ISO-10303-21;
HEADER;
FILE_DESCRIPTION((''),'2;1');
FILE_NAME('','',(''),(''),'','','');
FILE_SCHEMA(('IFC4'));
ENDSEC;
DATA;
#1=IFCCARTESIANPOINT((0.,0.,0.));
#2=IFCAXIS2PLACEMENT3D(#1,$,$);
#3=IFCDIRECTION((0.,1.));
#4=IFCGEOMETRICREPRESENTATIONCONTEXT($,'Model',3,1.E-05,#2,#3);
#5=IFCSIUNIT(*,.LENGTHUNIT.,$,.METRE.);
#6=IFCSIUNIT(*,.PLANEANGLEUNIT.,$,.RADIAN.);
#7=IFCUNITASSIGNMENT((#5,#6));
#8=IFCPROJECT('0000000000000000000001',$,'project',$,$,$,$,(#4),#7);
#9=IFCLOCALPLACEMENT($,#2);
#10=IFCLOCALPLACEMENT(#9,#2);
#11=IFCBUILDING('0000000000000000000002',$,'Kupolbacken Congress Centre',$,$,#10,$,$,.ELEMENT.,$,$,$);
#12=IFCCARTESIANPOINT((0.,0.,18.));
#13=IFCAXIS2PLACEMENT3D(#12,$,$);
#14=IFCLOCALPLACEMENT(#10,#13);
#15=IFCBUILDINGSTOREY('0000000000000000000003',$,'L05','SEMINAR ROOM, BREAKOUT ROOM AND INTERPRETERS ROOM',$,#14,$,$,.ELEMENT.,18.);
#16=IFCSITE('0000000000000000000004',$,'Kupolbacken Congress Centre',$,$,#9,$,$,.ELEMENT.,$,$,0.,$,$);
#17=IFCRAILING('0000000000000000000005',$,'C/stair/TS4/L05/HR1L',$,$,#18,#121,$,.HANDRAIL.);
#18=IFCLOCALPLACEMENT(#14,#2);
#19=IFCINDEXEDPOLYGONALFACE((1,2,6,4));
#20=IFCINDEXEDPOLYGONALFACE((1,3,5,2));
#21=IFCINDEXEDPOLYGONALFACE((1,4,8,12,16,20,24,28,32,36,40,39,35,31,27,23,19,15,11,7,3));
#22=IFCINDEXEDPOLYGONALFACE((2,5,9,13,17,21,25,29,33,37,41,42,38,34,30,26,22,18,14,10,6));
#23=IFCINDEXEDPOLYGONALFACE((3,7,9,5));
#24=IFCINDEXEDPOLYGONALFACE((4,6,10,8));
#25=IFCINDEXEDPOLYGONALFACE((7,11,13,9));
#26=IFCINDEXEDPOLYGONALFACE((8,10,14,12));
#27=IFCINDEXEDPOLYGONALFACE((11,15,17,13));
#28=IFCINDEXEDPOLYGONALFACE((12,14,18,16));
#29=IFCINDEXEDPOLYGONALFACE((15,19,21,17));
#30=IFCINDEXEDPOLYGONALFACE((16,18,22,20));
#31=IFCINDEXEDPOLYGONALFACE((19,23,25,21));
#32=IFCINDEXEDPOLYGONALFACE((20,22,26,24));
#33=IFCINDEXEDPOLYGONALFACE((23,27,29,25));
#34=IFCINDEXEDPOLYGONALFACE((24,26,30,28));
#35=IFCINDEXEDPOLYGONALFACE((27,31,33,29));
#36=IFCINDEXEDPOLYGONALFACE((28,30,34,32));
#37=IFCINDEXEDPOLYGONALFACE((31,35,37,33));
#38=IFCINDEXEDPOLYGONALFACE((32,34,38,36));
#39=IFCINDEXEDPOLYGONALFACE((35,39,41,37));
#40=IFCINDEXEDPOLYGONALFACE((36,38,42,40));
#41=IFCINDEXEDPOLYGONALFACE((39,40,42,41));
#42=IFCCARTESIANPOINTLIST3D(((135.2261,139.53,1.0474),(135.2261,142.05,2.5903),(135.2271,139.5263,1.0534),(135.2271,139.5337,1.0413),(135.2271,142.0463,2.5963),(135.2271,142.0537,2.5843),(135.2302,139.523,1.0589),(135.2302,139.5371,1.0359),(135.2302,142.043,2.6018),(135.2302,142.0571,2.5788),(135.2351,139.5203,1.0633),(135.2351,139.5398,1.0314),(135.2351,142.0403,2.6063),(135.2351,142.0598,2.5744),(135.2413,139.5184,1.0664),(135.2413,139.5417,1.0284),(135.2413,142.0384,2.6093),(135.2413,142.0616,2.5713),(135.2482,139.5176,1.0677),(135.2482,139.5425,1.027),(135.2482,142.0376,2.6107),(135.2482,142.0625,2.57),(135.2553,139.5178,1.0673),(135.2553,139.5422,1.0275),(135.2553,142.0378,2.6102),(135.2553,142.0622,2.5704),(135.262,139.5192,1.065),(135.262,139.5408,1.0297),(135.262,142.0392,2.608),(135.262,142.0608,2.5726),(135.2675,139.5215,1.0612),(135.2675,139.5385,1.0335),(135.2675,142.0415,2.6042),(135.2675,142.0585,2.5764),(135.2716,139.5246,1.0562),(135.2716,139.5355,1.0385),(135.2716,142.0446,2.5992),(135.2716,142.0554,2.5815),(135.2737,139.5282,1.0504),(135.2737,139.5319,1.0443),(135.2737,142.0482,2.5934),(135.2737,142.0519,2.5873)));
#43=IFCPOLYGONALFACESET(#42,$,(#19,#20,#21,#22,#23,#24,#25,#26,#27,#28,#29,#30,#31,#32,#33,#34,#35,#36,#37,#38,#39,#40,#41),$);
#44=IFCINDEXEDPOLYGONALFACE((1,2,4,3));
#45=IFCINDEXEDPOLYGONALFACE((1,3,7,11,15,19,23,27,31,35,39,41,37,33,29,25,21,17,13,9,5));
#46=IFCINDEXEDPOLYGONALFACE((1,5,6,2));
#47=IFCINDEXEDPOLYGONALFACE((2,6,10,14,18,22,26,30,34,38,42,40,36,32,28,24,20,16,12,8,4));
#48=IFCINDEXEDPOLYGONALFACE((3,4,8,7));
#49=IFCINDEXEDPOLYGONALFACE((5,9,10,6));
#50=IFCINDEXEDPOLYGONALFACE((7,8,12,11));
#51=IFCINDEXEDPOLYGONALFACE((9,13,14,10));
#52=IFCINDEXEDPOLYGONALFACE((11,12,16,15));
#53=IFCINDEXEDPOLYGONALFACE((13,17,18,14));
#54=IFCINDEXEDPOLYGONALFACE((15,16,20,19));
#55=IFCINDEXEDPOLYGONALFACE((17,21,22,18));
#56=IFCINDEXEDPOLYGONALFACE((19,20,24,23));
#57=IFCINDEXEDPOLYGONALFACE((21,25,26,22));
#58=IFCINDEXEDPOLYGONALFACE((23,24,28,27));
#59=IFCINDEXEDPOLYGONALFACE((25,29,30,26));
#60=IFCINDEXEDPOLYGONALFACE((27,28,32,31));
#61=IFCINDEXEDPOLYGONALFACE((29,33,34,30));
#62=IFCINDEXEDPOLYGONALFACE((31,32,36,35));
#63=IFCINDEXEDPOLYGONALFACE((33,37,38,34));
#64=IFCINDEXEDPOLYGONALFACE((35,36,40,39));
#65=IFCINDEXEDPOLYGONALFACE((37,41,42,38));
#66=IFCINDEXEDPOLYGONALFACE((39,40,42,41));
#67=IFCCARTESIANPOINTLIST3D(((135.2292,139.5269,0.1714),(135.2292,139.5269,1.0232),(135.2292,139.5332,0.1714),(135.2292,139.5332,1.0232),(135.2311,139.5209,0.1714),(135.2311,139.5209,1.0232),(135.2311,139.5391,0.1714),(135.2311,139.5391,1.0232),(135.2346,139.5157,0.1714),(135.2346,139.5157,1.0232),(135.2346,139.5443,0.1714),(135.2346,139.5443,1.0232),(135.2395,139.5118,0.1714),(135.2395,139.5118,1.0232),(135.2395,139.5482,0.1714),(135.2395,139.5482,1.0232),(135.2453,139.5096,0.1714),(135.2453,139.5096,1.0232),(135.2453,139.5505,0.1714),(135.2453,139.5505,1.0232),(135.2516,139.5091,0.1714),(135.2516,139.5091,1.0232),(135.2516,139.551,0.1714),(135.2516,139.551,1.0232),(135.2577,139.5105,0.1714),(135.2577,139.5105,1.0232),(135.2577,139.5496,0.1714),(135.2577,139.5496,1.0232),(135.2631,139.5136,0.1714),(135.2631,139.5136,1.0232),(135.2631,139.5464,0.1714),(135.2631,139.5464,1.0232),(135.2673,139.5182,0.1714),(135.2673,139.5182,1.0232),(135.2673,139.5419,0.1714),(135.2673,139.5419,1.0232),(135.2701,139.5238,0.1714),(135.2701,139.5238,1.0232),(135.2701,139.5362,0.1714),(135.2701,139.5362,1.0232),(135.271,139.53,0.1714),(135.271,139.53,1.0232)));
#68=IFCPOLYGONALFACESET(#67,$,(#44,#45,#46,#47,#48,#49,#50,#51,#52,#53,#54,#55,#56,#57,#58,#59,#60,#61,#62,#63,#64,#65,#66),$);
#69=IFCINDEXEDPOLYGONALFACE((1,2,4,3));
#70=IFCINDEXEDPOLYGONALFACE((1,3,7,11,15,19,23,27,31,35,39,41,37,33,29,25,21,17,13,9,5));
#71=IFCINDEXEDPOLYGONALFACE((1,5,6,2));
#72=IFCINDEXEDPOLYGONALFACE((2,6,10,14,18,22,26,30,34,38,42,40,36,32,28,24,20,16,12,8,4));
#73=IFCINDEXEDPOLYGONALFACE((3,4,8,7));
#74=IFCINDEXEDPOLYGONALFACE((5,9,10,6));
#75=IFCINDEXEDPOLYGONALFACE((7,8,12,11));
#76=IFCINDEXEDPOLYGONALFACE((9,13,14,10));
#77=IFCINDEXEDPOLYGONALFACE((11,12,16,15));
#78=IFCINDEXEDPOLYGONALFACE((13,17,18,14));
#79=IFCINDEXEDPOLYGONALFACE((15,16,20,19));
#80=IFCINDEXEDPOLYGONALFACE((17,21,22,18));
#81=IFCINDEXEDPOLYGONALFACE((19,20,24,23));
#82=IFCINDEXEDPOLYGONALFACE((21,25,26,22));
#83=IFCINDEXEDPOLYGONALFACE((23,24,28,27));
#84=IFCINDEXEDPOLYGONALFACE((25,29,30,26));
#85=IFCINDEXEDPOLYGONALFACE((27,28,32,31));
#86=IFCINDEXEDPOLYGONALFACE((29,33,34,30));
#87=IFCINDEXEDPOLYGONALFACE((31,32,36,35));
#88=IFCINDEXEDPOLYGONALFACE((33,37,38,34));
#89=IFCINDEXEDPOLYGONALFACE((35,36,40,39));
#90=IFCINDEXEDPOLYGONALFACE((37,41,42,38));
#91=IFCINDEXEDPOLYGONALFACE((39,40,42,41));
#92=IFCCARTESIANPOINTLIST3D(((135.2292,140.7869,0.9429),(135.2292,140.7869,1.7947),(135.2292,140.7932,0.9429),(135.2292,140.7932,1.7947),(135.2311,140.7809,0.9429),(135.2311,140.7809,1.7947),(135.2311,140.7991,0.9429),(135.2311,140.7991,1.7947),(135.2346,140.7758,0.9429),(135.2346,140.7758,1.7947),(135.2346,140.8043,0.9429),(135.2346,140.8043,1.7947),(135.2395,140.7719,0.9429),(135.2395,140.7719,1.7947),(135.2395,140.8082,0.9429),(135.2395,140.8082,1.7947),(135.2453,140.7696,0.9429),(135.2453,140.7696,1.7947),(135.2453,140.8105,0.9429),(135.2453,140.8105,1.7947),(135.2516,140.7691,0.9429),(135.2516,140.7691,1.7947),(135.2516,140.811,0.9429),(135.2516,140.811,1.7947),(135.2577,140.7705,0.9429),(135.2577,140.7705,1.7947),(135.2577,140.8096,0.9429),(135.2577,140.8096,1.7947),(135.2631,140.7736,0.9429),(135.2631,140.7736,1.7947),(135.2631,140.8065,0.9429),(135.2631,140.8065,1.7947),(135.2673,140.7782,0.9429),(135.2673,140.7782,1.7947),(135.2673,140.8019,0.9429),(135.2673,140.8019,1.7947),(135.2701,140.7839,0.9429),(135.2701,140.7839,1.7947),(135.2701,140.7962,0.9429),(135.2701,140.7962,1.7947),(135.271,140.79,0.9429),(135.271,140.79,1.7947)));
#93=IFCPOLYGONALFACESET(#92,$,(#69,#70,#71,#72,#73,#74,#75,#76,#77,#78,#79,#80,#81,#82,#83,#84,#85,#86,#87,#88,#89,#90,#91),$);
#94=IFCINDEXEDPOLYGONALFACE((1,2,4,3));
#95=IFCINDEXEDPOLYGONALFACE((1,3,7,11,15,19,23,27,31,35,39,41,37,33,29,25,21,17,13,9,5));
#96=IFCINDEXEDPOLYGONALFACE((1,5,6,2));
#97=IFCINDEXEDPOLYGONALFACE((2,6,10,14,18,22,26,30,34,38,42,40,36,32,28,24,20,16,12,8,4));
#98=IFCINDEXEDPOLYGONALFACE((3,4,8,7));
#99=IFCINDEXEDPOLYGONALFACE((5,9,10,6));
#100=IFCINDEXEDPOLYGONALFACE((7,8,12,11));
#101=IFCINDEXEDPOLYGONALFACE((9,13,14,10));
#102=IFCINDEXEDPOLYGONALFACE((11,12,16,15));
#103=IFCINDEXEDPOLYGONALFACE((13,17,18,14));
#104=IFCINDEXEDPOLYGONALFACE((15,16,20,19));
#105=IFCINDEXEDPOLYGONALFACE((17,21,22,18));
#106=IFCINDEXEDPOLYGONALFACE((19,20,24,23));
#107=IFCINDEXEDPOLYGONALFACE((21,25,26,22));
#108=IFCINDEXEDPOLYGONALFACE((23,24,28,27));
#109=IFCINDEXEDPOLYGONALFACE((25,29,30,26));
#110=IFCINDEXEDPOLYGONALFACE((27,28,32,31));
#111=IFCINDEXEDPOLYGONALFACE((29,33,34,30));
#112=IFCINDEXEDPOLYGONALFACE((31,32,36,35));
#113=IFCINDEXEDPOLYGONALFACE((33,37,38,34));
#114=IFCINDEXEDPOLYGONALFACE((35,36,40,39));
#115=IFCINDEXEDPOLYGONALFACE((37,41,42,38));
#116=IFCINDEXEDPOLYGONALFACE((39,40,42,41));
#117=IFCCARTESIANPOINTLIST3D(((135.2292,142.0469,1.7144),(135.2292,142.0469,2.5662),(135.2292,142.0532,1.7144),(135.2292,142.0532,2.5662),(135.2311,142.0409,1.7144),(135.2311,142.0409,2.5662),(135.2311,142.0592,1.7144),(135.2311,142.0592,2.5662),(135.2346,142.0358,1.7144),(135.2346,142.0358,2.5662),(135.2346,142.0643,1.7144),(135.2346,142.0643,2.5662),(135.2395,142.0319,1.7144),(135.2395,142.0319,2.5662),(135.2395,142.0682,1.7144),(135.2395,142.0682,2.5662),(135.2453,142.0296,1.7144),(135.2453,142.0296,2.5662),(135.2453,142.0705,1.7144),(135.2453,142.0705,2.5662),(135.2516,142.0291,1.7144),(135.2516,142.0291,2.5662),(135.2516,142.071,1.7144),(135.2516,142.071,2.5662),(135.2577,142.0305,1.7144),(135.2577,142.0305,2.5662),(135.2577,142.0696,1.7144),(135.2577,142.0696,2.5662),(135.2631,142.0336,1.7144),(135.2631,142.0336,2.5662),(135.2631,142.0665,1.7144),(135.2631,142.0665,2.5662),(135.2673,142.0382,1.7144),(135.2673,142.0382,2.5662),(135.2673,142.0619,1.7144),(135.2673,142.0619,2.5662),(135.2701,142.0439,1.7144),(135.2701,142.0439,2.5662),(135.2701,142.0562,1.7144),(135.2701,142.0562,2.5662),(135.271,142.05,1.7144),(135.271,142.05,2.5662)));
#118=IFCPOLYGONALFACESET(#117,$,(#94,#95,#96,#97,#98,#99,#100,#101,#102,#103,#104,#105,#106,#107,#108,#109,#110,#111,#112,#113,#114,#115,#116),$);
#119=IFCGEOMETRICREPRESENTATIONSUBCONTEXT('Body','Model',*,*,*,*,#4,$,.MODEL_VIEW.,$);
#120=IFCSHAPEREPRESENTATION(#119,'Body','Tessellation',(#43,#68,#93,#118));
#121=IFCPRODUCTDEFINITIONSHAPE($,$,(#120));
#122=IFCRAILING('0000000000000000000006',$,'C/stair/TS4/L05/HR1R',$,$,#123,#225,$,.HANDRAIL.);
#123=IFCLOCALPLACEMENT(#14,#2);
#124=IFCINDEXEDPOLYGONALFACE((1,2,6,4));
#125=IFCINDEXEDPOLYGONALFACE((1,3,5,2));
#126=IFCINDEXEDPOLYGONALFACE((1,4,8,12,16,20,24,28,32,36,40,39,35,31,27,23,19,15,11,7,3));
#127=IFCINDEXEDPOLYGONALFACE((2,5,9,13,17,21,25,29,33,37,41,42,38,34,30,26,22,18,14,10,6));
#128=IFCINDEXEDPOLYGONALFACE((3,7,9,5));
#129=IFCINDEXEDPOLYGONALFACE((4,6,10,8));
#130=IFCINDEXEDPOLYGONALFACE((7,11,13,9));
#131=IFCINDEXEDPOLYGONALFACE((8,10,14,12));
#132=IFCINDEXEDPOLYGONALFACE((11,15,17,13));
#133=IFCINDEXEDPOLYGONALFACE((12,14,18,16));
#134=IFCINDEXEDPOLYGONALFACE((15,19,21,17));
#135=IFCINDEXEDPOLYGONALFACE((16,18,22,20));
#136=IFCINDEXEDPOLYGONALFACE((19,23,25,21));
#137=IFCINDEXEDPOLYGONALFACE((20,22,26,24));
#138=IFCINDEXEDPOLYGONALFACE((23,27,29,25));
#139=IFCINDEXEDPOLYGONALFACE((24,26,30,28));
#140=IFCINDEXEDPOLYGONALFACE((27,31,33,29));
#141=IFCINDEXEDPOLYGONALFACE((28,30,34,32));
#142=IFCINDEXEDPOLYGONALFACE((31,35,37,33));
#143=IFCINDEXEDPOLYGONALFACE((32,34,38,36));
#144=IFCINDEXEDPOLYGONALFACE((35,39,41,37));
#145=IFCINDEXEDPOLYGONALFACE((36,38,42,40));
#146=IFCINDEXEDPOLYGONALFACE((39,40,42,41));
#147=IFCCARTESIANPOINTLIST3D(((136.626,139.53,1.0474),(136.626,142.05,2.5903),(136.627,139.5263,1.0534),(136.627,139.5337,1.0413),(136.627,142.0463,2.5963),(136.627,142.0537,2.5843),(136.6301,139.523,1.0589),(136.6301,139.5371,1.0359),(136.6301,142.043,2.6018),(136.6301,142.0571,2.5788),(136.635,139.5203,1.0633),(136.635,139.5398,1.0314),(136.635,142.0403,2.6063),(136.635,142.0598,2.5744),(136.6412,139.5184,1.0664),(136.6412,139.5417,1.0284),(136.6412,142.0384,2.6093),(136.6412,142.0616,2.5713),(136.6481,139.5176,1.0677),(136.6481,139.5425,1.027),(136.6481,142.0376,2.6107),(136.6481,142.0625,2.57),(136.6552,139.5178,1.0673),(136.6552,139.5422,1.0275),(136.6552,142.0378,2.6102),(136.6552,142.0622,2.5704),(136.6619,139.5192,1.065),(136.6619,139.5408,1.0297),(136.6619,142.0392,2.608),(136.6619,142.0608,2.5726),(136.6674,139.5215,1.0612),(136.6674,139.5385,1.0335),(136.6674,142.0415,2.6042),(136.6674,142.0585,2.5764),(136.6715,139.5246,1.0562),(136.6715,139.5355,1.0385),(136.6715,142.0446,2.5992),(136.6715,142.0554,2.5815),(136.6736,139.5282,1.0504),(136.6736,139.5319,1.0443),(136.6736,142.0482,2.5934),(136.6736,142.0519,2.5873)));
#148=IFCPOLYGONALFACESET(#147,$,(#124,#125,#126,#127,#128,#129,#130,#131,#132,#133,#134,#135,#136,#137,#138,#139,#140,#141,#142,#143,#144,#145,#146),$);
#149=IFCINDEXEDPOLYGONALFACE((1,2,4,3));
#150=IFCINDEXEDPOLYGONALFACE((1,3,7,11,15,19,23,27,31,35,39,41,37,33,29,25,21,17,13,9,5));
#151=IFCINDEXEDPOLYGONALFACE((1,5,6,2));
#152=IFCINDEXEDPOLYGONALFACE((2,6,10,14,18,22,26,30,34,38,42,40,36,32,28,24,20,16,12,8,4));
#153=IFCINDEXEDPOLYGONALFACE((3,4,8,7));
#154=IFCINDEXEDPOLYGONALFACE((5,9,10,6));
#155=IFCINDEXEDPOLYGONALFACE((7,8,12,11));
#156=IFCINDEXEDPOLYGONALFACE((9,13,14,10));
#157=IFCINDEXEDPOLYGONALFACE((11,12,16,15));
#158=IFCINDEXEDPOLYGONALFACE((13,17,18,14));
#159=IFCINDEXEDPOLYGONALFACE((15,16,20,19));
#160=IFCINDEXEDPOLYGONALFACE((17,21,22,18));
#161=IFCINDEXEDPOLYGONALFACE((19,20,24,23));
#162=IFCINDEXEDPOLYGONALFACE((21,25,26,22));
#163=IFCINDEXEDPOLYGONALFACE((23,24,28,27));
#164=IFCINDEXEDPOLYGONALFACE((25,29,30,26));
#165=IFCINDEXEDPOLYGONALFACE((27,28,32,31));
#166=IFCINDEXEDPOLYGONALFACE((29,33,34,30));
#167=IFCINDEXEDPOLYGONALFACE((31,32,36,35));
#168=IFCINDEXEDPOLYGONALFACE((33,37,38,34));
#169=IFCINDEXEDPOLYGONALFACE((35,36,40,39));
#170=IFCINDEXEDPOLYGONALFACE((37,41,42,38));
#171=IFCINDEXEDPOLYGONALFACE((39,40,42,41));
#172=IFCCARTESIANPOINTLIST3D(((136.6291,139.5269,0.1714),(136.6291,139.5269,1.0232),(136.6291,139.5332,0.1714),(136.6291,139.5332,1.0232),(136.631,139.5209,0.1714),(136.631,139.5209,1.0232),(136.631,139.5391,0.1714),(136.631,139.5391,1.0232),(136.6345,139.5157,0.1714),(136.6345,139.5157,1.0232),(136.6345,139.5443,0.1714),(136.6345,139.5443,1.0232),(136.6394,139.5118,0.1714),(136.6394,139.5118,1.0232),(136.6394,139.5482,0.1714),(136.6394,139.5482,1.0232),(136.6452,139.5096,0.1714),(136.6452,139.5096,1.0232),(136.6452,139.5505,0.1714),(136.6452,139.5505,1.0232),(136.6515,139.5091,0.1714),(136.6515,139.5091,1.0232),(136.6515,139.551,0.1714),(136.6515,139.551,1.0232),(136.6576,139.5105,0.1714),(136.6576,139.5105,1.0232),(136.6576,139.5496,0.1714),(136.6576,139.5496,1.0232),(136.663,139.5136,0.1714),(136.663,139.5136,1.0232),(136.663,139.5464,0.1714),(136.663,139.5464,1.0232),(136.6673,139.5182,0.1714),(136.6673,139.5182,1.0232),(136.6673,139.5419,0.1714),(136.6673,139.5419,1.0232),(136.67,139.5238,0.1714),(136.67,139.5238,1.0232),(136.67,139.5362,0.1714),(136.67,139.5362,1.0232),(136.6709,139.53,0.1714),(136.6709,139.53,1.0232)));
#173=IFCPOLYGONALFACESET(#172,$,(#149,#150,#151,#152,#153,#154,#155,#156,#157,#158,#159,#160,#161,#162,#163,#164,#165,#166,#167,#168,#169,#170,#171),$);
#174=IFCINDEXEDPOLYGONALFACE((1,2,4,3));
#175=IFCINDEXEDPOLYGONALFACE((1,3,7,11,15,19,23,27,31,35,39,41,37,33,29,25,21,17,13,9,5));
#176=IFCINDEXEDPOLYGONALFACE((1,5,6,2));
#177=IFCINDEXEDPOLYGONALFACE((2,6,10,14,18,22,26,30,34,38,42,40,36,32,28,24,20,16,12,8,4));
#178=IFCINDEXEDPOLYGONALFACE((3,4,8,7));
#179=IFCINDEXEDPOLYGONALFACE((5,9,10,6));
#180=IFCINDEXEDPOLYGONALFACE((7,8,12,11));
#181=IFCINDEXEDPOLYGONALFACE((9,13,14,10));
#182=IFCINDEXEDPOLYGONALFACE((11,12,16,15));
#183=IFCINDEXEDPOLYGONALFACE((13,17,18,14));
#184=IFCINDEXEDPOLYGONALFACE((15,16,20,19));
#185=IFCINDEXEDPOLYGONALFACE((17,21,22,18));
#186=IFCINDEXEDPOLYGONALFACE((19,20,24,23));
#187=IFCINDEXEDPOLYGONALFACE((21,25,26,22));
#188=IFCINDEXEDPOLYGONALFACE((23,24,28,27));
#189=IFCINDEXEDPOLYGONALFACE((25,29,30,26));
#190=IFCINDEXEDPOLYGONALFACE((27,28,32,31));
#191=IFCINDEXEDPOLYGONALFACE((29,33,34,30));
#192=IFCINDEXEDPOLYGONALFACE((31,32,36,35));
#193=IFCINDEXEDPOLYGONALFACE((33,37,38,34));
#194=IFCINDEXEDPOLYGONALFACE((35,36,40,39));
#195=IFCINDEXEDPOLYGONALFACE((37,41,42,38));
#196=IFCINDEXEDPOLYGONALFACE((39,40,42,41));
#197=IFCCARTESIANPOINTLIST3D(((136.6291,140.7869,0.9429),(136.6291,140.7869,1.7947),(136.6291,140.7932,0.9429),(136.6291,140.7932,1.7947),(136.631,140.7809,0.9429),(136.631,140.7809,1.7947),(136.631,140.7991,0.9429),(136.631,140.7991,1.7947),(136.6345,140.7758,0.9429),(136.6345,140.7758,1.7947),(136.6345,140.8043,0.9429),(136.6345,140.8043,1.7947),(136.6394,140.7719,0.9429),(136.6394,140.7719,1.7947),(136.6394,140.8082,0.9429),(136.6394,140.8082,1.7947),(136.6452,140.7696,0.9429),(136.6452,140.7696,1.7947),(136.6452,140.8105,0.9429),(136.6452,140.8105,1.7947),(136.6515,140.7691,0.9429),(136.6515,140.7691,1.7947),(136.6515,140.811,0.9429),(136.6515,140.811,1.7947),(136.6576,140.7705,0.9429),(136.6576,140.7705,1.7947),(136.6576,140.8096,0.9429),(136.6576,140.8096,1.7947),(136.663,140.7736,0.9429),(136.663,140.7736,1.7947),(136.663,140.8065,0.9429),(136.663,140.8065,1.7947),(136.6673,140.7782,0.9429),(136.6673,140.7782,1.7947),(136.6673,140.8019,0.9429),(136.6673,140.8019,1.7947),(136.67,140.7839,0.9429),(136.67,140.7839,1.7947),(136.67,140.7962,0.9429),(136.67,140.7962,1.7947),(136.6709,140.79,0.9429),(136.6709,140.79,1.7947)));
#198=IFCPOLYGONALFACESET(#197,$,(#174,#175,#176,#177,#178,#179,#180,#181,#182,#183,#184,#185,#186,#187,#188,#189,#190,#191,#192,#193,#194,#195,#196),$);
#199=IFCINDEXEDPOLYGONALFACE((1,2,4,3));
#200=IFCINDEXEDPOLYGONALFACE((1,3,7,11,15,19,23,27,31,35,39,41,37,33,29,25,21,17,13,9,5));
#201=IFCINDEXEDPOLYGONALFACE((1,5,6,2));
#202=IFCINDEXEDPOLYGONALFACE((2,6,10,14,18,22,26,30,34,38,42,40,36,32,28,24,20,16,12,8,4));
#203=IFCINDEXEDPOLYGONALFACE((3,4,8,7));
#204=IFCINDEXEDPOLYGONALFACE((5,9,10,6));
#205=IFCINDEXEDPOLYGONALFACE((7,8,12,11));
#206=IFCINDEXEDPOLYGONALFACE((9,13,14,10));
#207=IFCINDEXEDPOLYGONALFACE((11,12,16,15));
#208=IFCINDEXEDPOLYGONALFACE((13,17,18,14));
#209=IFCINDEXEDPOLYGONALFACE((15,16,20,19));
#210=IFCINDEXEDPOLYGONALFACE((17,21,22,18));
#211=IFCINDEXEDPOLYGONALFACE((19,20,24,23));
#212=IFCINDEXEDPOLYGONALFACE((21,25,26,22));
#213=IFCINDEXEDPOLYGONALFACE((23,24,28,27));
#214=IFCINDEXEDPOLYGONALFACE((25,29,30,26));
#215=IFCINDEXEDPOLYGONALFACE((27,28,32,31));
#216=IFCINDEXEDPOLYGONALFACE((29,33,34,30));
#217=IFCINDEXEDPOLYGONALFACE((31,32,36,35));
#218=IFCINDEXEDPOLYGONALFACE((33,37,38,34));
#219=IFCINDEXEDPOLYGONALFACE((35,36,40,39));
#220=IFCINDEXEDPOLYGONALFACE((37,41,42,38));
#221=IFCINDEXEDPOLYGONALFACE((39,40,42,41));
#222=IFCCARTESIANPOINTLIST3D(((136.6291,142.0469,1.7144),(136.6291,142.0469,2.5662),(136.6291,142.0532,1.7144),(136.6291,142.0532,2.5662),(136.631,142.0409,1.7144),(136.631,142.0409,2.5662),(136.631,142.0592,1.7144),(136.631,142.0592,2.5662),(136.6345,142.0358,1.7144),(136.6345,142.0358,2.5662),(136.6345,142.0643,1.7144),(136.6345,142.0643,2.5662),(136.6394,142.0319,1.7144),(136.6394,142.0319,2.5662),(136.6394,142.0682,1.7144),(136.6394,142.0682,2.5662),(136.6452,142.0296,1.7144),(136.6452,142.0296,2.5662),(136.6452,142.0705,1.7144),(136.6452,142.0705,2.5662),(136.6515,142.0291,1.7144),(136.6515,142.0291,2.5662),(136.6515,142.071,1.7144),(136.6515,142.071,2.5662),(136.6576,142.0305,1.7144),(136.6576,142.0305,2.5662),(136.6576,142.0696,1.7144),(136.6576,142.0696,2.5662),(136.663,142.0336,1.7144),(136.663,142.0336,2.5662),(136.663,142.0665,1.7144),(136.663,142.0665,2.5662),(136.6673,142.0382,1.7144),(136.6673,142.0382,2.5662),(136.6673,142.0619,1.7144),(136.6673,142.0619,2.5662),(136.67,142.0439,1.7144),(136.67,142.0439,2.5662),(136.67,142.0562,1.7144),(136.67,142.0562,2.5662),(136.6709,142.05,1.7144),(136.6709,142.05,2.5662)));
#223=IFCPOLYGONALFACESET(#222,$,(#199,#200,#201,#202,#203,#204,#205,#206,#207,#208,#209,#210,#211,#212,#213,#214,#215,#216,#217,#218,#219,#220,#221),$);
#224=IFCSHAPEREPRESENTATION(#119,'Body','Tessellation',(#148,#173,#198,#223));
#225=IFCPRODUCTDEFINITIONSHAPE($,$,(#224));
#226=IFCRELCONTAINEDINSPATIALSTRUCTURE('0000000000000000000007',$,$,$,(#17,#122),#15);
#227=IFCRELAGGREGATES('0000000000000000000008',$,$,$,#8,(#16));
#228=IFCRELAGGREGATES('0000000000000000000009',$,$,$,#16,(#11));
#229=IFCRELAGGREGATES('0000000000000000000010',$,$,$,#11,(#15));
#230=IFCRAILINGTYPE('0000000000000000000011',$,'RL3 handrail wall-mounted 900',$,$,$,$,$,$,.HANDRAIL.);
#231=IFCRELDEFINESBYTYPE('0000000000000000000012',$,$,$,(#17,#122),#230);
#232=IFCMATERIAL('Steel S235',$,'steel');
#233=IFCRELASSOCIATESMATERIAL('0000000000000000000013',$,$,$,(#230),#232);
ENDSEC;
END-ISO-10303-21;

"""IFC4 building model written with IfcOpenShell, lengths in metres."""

from ifc_helpers import new_model, si_unit, direction, frame, origin, origin_2d, place, context, subcontext, project, spatial, circle, extrude, material, type_object, element, save


model = new_model("IFC4")

# Units and contexts
model_context = context("Model", 3, precision=1e-05, world=origin(), true_north=direction((0.0, 1.0)))
body_context = subcontext(model_context, "Body", "Model", "MODEL_VIEW")
ifc_project = project(units=[si_unit("LENGTHUNIT", "METRE"), si_unit("PLANEANGLEUNIT", "RADIAN")], contexts=[model_context])

# Site, building, storey
site_placement = place(None, origin())
site = spatial("IfcSite", under=ifc_project, at=site_placement, Name="Kupolbacken Congress Centre", CompositionType="ELEMENT", RefElevation=0.0)
building_placement = place(site_placement, origin())
building = spatial("IfcBuilding", under=site, at=building_placement, Name="Kupolbacken Congress Centre", CompositionType="ELEMENT")
storey_placement = place(building_placement, frame((0.0, 0.0, 18.0)))
storey = spatial("IfcBuildingStorey", under=building, at=storey_placement, Name="L05", Description="SEMINAR ROOM, BREAKOUT ROOM AND INTERPRETERS ROOM", CompositionType="ELEMENT", Elevation=18.0)

# Railings
ifc_material_1 = material(Name="Steel S235", Category="steel")
railing_type_1 = type_object("IfcRailingType", Name="RL3 handrail wall-mounted 900", PredefinedType="HANDRAIL", material=ifc_material_1)
for number, where, name in (
    (1, (135.25, 139.53, 0.1714), "C/stair/TS4/L05/HR1L"),
    (2, (136.6499, 139.53, 0.1714), "C/stair/TS4/L05/HR1R"),
):
    element("IfcRailing", number, at=place(storey_placement, frame(where)), inside=storey, type_object=railing_type_1, Name=name, PredefinedType="HANDRAIL", context=body_context, shape_type="SweptSolid", body=[
        extrude(circle(Radius=0.0239, at=origin_2d()), frame((0.0, 0.0, 0.876), z_axis=(0.0, 0.852836, 0.522178), x_axis=(-1.0, 0.0, 0.0)), (0.0, 0.0, 1.0), 2.9548),
        extrude(circle(Radius=0.021, at=origin_2d()), origin(), (0.0, 0.0, 1.0), 0.8518),
        extrude(circle(Radius=0.021, at=origin_2d()), frame((0.0, 1.26, 0.7715)), (0.0, 0.0, 1.0), 0.8518),
        extrude(circle(Radius=0.021, at=origin_2d()), frame((0.0, 2.52, 1.543)), (0.0, 0.0, 1.0), 0.8518),
    ])

save(model, "model.ifc")
